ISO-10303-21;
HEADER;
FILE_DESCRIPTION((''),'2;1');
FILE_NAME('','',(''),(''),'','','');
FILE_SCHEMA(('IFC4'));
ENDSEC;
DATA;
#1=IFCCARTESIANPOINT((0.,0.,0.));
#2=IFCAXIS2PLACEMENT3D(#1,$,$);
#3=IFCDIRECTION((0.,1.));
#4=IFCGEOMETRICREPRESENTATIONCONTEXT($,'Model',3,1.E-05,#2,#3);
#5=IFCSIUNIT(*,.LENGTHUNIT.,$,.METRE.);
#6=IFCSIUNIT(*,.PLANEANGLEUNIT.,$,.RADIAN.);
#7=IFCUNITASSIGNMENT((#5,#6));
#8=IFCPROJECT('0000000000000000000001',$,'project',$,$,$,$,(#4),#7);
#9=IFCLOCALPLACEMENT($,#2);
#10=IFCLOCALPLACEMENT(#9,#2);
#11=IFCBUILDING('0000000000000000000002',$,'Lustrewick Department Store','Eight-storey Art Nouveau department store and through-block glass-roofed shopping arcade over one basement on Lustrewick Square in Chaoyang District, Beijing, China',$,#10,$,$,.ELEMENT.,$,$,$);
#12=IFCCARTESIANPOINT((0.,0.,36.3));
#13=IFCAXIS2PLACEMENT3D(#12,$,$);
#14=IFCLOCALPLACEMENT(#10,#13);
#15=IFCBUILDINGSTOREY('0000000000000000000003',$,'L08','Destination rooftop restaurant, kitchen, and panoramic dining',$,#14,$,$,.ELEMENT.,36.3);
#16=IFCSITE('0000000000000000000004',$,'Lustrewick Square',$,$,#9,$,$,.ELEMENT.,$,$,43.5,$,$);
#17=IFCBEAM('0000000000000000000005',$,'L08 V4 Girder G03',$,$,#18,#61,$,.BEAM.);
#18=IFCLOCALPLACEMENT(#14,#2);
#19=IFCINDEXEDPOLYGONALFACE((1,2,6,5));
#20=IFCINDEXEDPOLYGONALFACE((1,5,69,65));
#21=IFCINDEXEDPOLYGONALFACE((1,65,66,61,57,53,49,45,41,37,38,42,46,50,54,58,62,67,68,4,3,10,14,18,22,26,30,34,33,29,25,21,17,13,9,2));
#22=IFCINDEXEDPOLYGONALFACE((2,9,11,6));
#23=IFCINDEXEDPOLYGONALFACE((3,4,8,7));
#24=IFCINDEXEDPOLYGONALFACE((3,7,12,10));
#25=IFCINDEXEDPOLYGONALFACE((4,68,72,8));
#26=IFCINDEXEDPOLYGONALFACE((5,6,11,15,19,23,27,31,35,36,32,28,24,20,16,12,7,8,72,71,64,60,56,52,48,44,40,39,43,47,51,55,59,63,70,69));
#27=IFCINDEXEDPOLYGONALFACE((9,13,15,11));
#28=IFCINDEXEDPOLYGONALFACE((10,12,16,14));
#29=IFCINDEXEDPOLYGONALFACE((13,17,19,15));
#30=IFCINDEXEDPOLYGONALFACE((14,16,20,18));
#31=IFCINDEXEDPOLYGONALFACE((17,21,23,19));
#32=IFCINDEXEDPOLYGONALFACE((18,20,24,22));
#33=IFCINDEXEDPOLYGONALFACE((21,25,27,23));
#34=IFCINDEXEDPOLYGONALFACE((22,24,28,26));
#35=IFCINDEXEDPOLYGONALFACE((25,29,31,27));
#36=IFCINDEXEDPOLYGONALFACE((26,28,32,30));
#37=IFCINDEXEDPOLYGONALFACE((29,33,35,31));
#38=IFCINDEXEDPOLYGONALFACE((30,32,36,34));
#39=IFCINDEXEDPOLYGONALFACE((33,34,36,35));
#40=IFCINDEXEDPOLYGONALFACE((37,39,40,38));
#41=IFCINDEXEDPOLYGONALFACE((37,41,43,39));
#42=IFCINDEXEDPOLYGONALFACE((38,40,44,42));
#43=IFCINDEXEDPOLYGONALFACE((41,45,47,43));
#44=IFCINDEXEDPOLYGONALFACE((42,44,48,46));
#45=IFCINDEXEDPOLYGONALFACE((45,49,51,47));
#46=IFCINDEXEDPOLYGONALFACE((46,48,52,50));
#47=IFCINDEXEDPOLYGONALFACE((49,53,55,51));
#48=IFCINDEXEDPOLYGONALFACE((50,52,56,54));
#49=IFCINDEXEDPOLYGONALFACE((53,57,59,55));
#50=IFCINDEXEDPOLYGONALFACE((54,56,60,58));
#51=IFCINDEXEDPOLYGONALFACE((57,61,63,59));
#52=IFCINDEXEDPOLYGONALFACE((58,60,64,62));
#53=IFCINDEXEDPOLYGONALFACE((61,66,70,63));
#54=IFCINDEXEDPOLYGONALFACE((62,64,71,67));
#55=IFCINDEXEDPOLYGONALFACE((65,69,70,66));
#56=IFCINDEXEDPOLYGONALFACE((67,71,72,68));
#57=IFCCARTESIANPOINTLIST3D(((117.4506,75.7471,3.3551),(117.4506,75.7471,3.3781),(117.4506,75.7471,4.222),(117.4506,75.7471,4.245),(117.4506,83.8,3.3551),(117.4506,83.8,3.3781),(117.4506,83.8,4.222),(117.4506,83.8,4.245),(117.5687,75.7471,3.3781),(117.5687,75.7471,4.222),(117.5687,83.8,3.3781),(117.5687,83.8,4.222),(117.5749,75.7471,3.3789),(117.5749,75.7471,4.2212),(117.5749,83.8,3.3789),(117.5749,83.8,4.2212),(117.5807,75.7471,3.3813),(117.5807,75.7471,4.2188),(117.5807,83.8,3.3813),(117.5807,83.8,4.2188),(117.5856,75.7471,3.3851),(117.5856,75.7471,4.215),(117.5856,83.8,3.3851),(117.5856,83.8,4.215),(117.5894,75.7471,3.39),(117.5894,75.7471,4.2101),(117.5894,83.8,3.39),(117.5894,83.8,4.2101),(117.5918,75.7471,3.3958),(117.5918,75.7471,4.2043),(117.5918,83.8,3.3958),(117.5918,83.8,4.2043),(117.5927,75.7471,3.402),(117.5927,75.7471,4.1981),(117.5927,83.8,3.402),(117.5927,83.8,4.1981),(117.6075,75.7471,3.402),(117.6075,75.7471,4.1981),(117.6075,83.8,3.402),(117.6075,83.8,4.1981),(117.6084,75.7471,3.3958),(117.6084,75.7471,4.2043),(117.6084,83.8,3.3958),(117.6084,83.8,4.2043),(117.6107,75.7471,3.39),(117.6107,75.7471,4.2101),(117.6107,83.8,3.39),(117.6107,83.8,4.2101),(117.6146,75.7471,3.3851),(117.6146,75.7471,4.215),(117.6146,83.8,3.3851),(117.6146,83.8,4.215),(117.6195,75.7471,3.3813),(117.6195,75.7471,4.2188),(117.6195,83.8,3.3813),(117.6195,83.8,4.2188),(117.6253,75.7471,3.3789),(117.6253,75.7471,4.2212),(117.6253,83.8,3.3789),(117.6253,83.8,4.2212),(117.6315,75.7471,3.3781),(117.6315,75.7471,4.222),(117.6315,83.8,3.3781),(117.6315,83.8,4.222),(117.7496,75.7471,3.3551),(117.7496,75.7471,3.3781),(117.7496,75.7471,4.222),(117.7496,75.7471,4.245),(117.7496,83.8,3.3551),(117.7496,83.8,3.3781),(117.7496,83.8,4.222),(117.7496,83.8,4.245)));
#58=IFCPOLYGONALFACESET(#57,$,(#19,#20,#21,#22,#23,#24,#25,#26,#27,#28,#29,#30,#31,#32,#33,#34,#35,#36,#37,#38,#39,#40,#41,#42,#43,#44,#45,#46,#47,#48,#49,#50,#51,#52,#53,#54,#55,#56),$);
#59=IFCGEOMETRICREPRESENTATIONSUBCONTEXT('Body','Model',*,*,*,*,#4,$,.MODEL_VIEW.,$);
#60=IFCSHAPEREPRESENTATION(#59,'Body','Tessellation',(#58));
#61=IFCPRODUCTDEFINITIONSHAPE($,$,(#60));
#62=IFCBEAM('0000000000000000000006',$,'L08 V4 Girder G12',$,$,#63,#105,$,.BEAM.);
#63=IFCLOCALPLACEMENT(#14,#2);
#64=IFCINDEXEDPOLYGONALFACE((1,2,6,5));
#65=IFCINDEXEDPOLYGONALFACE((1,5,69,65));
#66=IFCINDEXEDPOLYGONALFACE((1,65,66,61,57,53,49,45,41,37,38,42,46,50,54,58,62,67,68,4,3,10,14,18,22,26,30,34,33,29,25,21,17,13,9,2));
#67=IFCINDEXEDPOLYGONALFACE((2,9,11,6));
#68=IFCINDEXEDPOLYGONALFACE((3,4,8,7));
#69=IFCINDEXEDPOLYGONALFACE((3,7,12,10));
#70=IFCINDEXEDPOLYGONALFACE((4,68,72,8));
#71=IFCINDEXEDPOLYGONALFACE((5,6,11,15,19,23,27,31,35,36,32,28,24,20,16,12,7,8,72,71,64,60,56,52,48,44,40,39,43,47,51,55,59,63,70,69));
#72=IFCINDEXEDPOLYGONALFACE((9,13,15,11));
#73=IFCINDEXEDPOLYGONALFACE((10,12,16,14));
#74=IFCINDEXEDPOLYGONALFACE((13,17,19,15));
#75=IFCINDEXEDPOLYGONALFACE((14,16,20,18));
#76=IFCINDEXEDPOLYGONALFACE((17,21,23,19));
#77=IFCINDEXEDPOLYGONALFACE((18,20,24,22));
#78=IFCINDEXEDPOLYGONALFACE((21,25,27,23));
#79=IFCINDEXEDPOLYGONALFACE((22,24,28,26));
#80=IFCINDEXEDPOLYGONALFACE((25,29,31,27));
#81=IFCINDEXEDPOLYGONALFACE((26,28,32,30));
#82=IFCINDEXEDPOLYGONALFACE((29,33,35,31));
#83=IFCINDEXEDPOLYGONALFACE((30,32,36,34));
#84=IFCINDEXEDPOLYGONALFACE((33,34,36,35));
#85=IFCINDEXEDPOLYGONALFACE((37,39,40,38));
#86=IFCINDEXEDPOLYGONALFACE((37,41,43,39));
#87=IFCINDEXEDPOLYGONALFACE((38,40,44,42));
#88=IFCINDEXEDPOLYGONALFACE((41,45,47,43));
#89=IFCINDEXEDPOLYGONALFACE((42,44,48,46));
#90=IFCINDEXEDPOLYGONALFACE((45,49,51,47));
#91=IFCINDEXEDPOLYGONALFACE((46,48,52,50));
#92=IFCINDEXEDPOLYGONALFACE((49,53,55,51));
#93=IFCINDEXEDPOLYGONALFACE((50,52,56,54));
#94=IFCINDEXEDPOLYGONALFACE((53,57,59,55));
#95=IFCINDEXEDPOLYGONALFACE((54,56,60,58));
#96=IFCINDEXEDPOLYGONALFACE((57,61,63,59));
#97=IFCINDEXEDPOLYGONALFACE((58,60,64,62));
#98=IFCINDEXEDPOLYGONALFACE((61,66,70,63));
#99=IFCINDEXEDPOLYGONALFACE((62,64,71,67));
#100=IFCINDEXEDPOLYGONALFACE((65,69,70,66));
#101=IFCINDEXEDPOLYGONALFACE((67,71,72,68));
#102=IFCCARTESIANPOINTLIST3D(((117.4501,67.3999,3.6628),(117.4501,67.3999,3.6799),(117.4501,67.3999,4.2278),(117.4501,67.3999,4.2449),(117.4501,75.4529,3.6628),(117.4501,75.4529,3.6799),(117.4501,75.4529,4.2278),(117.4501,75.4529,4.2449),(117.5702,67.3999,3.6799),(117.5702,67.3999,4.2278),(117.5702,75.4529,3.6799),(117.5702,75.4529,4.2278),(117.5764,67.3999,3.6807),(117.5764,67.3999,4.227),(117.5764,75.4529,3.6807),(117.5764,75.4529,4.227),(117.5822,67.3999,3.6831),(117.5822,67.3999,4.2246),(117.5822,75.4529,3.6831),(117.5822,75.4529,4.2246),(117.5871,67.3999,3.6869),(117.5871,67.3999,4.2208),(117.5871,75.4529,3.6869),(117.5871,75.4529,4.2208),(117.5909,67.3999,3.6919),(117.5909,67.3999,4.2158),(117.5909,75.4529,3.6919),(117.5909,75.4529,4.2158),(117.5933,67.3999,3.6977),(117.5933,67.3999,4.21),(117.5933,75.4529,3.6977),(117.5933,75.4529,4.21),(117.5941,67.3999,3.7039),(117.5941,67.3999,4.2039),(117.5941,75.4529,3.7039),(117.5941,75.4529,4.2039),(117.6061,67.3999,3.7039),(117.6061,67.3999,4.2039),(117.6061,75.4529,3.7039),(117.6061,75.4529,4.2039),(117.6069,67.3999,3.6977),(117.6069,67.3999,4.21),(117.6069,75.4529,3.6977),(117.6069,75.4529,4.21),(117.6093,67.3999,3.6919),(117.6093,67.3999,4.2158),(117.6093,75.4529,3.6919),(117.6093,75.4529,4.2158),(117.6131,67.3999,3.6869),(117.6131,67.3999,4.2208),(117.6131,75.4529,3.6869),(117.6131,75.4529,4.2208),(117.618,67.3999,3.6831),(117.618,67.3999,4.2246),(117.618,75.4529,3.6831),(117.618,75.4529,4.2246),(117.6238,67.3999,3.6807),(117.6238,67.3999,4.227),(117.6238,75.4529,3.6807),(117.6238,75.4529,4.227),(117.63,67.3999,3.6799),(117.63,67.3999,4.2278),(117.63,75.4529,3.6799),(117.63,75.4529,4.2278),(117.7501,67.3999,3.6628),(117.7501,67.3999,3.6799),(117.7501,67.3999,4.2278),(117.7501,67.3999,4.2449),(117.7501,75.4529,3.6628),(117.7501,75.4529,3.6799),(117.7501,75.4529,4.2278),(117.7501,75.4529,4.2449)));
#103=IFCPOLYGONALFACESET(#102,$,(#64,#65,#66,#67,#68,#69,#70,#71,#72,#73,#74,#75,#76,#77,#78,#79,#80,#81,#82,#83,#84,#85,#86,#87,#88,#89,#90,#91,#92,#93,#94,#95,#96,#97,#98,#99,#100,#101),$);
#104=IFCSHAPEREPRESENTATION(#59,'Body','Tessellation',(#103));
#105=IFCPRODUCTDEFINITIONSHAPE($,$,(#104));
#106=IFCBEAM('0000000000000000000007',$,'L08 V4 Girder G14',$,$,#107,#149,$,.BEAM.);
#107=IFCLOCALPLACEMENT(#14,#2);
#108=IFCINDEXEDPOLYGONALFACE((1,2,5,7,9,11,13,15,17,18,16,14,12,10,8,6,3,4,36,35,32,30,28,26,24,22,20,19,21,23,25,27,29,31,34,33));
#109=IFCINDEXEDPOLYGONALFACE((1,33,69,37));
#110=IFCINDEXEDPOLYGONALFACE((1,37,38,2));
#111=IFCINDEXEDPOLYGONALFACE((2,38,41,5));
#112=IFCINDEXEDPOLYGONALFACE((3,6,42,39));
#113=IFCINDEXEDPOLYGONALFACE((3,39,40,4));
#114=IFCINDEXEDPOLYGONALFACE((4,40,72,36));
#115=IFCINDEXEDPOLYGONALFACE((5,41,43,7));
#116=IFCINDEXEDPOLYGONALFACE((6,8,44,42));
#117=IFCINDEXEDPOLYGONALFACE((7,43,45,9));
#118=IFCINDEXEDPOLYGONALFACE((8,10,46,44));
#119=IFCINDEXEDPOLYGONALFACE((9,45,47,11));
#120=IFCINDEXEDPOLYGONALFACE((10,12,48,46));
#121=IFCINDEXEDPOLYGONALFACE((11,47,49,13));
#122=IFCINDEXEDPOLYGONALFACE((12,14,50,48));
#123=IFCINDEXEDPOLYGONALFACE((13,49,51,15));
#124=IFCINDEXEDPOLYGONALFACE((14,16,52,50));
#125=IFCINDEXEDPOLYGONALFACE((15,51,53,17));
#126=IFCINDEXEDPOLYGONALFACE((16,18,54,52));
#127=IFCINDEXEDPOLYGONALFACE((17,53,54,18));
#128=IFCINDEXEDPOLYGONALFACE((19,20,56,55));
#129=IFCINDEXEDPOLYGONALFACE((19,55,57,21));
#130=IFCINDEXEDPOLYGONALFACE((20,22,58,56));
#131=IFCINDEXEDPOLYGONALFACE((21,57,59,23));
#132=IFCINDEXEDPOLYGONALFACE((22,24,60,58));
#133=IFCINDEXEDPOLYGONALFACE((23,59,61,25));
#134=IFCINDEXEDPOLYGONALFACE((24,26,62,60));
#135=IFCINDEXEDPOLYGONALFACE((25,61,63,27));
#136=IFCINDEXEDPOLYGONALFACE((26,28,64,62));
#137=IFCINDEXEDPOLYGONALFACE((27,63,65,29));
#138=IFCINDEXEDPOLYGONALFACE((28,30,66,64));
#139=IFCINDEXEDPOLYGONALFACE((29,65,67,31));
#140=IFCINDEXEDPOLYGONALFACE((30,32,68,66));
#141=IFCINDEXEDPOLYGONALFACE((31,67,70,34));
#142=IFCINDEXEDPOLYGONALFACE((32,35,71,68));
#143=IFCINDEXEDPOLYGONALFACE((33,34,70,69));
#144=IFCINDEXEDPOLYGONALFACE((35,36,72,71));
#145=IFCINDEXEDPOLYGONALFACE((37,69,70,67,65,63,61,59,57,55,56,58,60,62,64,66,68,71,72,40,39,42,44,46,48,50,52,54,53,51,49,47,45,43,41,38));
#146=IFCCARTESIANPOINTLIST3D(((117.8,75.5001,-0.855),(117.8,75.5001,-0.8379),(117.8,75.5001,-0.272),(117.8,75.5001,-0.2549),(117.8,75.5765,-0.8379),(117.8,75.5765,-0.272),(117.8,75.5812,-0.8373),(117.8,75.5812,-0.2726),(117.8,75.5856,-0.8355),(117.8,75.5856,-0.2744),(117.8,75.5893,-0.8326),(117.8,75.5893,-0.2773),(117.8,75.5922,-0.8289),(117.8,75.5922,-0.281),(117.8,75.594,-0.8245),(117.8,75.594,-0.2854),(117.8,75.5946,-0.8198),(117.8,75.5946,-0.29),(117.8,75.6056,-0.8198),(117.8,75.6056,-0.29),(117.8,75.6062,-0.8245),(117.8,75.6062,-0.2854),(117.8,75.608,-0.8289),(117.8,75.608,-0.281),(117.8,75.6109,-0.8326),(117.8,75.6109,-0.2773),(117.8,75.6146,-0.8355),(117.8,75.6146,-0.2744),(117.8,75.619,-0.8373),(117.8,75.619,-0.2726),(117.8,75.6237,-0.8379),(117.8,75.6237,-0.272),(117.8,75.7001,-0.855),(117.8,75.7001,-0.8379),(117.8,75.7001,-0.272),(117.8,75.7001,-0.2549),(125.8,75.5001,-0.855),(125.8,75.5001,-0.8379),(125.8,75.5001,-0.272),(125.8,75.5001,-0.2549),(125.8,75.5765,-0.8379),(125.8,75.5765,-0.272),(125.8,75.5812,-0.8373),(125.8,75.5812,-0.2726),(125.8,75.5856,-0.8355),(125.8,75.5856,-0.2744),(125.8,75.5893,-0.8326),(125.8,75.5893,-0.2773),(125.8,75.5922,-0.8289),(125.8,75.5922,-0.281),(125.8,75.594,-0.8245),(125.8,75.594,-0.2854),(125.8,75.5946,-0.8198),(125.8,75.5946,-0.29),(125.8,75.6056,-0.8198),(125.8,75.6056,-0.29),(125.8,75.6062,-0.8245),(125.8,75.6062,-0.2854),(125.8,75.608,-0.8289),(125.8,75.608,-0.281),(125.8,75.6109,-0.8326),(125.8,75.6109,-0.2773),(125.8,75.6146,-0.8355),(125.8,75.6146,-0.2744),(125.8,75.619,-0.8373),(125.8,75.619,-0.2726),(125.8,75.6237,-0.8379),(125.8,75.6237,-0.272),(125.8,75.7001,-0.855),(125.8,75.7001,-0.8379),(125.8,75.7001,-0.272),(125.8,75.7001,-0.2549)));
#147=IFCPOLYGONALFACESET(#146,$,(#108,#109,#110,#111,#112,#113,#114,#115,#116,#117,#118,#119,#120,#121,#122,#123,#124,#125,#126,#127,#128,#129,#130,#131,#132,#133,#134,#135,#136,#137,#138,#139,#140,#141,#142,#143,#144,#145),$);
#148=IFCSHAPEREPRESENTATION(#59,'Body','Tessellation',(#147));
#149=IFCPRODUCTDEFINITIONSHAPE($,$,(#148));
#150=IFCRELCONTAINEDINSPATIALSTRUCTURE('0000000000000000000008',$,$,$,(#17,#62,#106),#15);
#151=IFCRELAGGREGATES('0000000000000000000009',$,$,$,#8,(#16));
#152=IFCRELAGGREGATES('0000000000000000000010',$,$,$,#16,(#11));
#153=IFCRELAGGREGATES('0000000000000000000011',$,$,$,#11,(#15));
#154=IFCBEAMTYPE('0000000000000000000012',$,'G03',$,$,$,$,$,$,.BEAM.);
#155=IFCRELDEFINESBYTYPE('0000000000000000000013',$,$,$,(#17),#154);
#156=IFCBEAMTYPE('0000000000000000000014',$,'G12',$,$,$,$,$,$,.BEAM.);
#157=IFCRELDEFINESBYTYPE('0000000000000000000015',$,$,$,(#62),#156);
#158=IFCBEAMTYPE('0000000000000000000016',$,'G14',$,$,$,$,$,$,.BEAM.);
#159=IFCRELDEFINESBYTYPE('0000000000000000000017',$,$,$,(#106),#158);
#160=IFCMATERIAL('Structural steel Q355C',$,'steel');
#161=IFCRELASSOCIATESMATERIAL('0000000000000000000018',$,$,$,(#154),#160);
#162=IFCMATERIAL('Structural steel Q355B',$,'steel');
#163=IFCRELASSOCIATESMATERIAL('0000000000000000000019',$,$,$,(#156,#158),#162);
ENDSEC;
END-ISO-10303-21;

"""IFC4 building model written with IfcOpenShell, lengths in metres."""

from ifc_helpers import new_model, si_unit, direction, frame, origin, origin_2d, place, context, subcontext, project, spatial, i_section, extrude, material, material_profile, profile_set, type_object, element, save


model = new_model("IFC4")

# Units and contexts
model_context = context("Model", 3, precision=1e-05, world=origin(), true_north=direction((0.0, 1.0)))
body_context = subcontext(model_context, "Body", "Model", "MODEL_VIEW")
ifc_project = project(units=[si_unit("LENGTHUNIT", "METRE"), si_unit("PLANEANGLEUNIT", "RADIAN")], contexts=[model_context])

# Site, building, storey
site_placement = place(None, origin())
site = spatial("IfcSite", under=ifc_project, at=site_placement, Name="Lustrewick Square", CompositionType="ELEMENT", RefElevation=43.5)
building_placement = place(site_placement, origin())
building = spatial("IfcBuilding", under=site, at=building_placement, Name="Lustrewick Department Store", Description="Eight-storey Art Nouveau department store and through-block glass-roofed shopping arcade over one basement on Lustrewick Square in Chaoyang District, Beijing, China", CompositionType="ELEMENT")
storey_placement = place(building_placement, frame((0.0, 0.0, 36.3)))
storey = spatial("IfcBuildingStorey", under=building, at=storey_placement, Name="L08", Description="Destination rooftop restaurant, kitchen, and panoramic dining", CompositionType="ELEMENT", Elevation=36.3)

# Shared definitions
ifc_material_1 = material(Name="Structural steel Q355B", Category="steel")

# Beams
ifc_material_2 = material(Name="Structural steel Q355C", Category="steel")
ifc_material_profile_1 = material_profile(ifc_material_2, i_section(OverallWidth=0.2991, OverallDepth=0.8899, WebThickness=0.0149, FlangeThickness=0.0229, FilletRadius=0.0239, at=origin_2d()), Name="HN 890x299x15x23")
ifc_profile_set_1 = profile_set([ifc_material_profile_1], Name="Structural steel Q355C")
beam_type_1 = type_object("IfcBeamType", Name="G03", PredefinedType="BEAM", material=ifc_profile_set_1)
beam_1_placement = place(storey_placement, frame((117.6001, 75.7471, 3.8), z_axis=(0.0, 1.0, 0.0), x_axis=(-1.0, 0.0, 0.0)))
element("IfcBeam", 1, at=beam_1_placement, inside=storey, type_object=beam_type_1, Name="L08 V4 Girder G03", PredefinedType="BEAM", context=body_context, shape_type="SweptSolid", body=[
    extrude(i_section(OverallWidth=0.2991, OverallDepth=0.8899, WebThickness=0.0149, FlangeThickness=0.0229, FilletRadius=0.0239, at=origin_2d()), origin(), (0.0, 0.0, 1.0), 8.053),
])
ifc_material_profile_2 = material_profile(ifc_material_1, i_section(OverallWidth=0.3, OverallDepth=0.582, WebThickness=0.012, FlangeThickness=0.0171, FilletRadius=0.0239, at=origin_2d()), Name="HM 582x300x12x17")
ifc_profile_set_2 = profile_set([ifc_material_profile_2], Name="Structural steel Q355B")
beam_type_2 = type_object("IfcBeamType", Name="G12", PredefinedType="BEAM", material=ifc_profile_set_2)
beam_2_placement = place(storey_placement, frame((117.6001, 67.3999, 3.9539), z_axis=(0.0, 1.0, 0.0), x_axis=(-1.0, 0.0, 0.0)))
element("IfcBeam", 2, at=beam_2_placement, inside=storey, type_object=beam_type_2, Name="L08 V4 Girder G12", PredefinedType="BEAM", context=body_context, shape_type="SweptSolid", body=[
    extrude(i_section(OverallWidth=0.3, OverallDepth=0.582, WebThickness=0.012, FlangeThickness=0.0171, FilletRadius=0.0239, at=origin_2d()), origin(), (0.0, 0.0, 1.0), 8.053),
])
ifc_material_profile_3 = material_profile(ifc_material_1, i_section(OverallWidth=0.2, OverallDepth=0.6001, WebThickness=0.011, FlangeThickness=0.0171, FilletRadius=0.0181, at=origin_2d()), Name="HN 600x200x11x17")
ifc_profile_set_3 = profile_set([ifc_material_profile_3], Name="Structural steel Q355B")
beam_type_3 = type_object("IfcBeamType", Name="G14", PredefinedType="BEAM", material=ifc_profile_set_3)
beam_3_placement = place(storey_placement, frame((117.8, 75.6001, -0.5549), z_axis=(1.0, 0.0, 0.0), x_axis=(0.0, 1.0, 0.0)))
element("IfcBeam", 3, at=beam_3_placement, inside=storey, type_object=beam_type_3, Name="L08 V4 Girder G14", PredefinedType="BEAM", context=body_context, shape_type="SweptSolid", body=[
    extrude(i_section(OverallWidth=0.2, OverallDepth=0.6001, WebThickness=0.011, FlangeThickness=0.0171, FilletRadius=0.0181, at=origin_2d()), origin(), (0.0, 0.0, 1.0), 8.0),
])

save(model, "model.ifc")
